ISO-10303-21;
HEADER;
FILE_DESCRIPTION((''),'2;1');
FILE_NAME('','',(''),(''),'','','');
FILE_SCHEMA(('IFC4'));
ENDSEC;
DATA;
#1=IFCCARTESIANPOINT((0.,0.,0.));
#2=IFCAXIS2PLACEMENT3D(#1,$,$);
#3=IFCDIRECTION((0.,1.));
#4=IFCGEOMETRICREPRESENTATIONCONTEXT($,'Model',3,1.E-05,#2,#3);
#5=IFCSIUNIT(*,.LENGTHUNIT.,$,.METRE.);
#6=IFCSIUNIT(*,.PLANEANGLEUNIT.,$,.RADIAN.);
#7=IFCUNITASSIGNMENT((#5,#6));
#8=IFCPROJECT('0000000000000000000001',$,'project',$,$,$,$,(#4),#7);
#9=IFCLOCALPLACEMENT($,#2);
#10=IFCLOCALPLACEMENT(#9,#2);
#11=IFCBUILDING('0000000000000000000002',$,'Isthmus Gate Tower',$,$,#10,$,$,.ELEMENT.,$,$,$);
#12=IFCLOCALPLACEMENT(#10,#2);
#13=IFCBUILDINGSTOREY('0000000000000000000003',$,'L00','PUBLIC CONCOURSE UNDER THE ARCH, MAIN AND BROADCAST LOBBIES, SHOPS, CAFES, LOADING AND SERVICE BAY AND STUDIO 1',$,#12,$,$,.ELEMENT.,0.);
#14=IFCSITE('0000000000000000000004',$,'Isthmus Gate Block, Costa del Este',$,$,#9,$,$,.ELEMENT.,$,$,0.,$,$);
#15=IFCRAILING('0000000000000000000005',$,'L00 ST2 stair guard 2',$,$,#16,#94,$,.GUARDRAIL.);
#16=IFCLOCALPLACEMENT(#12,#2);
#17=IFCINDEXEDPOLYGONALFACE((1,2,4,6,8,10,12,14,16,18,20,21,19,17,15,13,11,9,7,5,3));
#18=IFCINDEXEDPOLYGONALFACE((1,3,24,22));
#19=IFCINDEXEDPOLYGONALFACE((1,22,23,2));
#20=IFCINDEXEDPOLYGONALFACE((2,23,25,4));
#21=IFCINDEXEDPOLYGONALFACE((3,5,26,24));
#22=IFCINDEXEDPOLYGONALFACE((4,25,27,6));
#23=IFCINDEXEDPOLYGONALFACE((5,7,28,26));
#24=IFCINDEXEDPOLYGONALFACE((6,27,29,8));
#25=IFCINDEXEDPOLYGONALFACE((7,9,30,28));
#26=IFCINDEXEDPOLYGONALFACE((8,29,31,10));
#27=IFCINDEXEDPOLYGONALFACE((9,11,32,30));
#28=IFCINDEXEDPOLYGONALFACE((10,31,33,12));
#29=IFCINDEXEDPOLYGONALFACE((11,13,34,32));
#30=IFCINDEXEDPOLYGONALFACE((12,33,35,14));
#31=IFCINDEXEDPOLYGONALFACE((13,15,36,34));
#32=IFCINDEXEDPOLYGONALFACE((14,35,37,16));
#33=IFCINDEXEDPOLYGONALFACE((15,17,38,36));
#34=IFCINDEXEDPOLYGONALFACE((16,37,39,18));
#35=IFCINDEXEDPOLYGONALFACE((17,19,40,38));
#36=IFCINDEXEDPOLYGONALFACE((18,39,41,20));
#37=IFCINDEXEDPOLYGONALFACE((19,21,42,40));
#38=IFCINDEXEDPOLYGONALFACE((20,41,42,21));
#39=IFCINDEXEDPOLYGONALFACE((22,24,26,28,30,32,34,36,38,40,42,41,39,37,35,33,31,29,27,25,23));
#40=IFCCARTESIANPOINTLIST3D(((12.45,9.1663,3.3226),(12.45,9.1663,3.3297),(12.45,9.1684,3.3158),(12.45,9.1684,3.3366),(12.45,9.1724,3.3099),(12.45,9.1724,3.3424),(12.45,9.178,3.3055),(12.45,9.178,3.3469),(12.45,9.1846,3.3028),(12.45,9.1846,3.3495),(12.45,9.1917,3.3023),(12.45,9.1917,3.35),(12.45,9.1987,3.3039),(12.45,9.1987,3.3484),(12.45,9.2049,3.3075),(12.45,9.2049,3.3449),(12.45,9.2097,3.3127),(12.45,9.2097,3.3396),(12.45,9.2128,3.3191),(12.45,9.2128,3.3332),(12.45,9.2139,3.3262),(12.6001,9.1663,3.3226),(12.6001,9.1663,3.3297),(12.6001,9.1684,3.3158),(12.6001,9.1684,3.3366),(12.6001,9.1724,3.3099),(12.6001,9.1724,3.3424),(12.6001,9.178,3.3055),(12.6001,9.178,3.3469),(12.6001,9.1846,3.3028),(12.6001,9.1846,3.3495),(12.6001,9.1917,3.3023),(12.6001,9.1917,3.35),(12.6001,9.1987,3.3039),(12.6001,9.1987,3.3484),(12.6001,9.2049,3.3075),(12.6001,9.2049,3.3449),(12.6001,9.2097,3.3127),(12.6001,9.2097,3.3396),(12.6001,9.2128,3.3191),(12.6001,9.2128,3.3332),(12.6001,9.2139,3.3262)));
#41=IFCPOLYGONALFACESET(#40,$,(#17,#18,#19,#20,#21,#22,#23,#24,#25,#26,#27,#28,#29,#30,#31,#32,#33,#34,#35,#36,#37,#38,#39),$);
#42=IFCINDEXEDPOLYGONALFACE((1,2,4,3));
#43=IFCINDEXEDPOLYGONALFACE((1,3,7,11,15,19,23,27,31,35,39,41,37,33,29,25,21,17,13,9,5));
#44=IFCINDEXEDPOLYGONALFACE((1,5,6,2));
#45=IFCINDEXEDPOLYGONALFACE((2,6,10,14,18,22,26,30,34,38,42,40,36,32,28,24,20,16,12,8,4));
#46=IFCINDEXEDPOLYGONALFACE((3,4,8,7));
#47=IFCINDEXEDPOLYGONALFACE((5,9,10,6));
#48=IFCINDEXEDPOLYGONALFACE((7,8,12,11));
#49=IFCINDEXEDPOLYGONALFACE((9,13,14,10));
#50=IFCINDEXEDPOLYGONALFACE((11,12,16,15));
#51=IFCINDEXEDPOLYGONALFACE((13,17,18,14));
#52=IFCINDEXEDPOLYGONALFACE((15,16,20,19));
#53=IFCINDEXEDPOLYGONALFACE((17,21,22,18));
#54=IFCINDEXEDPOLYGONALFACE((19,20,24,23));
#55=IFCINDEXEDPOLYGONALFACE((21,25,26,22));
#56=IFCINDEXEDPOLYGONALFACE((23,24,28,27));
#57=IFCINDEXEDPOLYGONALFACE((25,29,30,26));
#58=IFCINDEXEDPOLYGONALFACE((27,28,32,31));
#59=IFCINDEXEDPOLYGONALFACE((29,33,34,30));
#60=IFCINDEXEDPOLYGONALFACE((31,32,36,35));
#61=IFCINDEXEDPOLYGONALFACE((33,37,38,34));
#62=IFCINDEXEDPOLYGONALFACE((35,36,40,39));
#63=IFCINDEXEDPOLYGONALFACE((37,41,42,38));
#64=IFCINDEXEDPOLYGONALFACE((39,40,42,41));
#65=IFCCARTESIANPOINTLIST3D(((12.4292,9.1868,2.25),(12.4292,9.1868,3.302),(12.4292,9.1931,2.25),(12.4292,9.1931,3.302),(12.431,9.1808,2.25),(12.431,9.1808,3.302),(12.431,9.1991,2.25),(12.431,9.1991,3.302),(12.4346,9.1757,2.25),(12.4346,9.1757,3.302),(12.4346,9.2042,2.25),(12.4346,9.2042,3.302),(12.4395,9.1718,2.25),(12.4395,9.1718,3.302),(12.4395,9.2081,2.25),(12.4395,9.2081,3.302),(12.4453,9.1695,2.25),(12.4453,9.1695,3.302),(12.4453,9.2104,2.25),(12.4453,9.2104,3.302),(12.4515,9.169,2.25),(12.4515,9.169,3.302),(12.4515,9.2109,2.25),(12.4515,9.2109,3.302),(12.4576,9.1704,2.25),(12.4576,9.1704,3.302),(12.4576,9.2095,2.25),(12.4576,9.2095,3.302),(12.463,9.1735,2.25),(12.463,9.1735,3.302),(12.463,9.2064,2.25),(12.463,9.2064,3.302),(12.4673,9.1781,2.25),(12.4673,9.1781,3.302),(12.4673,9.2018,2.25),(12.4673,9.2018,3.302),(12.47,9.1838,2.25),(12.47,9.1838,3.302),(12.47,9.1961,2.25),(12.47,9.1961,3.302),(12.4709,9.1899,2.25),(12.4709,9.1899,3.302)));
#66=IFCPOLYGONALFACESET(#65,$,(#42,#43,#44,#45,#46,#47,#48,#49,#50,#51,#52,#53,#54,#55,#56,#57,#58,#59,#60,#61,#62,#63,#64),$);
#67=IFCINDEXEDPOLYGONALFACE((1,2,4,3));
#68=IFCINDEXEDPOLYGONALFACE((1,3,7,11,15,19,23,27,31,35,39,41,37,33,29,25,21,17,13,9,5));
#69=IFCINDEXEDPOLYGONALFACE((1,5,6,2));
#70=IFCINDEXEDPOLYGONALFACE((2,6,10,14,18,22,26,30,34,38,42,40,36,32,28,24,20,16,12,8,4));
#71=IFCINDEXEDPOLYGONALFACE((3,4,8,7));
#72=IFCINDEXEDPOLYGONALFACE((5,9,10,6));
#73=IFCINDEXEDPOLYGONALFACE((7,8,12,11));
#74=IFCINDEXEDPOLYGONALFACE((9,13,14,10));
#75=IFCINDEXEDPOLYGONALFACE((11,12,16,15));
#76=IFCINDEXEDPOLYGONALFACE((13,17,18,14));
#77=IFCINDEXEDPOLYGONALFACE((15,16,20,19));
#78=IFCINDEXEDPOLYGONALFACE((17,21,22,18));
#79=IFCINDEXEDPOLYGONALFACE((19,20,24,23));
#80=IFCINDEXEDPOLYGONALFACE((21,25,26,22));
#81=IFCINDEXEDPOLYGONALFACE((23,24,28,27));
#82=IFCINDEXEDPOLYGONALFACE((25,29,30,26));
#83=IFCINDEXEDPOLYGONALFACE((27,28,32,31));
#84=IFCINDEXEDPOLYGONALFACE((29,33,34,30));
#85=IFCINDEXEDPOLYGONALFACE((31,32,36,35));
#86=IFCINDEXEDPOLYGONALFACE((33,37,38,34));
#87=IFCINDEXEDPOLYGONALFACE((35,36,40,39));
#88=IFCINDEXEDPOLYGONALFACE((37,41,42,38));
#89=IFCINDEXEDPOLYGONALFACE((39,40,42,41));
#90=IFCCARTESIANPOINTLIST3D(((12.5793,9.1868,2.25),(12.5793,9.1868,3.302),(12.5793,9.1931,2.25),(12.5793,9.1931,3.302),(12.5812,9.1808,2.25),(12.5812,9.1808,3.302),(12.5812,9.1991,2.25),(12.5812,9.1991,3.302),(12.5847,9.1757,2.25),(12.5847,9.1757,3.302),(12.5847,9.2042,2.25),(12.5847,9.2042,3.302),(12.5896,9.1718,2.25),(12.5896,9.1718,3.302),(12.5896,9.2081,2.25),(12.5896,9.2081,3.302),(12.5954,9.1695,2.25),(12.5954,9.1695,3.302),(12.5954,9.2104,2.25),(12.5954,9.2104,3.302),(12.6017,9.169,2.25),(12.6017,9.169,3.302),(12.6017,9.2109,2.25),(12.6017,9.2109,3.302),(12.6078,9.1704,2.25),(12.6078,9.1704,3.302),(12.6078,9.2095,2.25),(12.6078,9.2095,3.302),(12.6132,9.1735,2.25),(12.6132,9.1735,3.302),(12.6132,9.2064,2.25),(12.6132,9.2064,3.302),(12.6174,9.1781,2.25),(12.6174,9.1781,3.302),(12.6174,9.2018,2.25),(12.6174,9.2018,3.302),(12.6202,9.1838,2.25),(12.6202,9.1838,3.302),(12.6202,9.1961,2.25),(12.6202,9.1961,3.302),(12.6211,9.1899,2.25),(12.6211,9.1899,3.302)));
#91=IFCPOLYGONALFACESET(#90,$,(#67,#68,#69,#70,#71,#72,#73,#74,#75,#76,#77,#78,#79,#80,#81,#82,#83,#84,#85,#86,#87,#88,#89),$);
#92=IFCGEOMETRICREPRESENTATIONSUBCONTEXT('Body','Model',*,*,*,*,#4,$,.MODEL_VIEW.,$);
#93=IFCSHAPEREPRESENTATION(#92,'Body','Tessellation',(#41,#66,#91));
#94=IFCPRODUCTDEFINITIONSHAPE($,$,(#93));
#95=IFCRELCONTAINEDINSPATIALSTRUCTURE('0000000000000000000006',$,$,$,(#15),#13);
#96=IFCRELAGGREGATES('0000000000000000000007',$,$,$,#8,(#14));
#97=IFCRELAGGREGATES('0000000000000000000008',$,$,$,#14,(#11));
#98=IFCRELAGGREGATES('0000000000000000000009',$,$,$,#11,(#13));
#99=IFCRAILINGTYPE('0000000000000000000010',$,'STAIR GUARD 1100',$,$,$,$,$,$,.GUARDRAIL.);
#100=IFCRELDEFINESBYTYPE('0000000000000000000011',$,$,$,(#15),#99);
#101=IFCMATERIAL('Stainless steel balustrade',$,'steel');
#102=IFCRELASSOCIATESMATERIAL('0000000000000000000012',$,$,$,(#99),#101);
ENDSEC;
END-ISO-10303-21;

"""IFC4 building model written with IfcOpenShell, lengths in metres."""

from ifc_helpers import new_model, si_unit, direction, frame, origin, origin_2d, place, context, subcontext, project, spatial, circle, extrude, material, type_object, element, save


model = new_model("IFC4")

# Units and contexts
model_context = context("Model", 3, precision=1e-05, world=origin(), true_north=direction((0.0, 1.0)))
body_context = subcontext(model_context, "Body", "Model", "MODEL_VIEW")
ifc_project = project(units=[si_unit("LENGTHUNIT", "METRE"), si_unit("PLANEANGLEUNIT", "RADIAN")], contexts=[model_context])

# Site, building, storey
site_placement = place(None, origin())
site = spatial("IfcSite", under=ifc_project, at=site_placement, Name="Isthmus Gate Block, Costa del Este", CompositionType="ELEMENT", RefElevation=0.0)
building_placement = place(site_placement, origin())
building = spatial("IfcBuilding", under=site, at=building_placement, Name="Isthmus Gate Tower", CompositionType="ELEMENT")
storey_placement = place(building_placement, origin())
storey = spatial("IfcBuildingStorey", under=building, at=storey_placement, Name="L00", Description="PUBLIC CONCOURSE UNDER THE ARCH, MAIN AND BROADCAST LOBBIES, SHOPS, CAFES, LOADING AND SERVICE BAY AND STUDIO 1", CompositionType="ELEMENT", Elevation=0.0)

# Railing
ifc_material_1 = material(Name="Stainless steel balustrade", Category="steel")
railing_type_1 = type_object("IfcRailingType", Name="STAIR GUARD 1100", PredefinedType="GUARDRAIL", material=ifc_material_1)
railing_1_placement = place(storey_placement, frame((12.45, 9.1899, 2.25)))
element("IfcRailing", 1, at=railing_1_placement, inside=storey, type_object=railing_type_1, Name="L00 ST2 stair guard 2", PredefinedType="GUARDRAIL", context=body_context, shape_type="SweptSolid", body=[
    extrude(circle(Radius=0.0239, at=origin_2d()), frame((0.0, 0.0, 1.0762), z_axis=(1.0, 0.0, 0.0), x_axis=(0.0, 1.0, 0.0)), (0.0, 0.0, 1.0), 0.1501),
    extrude(circle(Radius=0.021, at=origin_2d()), origin(), (0.0, 0.0, 1.0), 1.052),
    extrude(circle(Radius=0.021, at=origin_2d()), frame((0.1501, 0.0, 0.0)), (0.0, 0.0, 1.0), 1.052),
])

save(model, "model.ifc")
